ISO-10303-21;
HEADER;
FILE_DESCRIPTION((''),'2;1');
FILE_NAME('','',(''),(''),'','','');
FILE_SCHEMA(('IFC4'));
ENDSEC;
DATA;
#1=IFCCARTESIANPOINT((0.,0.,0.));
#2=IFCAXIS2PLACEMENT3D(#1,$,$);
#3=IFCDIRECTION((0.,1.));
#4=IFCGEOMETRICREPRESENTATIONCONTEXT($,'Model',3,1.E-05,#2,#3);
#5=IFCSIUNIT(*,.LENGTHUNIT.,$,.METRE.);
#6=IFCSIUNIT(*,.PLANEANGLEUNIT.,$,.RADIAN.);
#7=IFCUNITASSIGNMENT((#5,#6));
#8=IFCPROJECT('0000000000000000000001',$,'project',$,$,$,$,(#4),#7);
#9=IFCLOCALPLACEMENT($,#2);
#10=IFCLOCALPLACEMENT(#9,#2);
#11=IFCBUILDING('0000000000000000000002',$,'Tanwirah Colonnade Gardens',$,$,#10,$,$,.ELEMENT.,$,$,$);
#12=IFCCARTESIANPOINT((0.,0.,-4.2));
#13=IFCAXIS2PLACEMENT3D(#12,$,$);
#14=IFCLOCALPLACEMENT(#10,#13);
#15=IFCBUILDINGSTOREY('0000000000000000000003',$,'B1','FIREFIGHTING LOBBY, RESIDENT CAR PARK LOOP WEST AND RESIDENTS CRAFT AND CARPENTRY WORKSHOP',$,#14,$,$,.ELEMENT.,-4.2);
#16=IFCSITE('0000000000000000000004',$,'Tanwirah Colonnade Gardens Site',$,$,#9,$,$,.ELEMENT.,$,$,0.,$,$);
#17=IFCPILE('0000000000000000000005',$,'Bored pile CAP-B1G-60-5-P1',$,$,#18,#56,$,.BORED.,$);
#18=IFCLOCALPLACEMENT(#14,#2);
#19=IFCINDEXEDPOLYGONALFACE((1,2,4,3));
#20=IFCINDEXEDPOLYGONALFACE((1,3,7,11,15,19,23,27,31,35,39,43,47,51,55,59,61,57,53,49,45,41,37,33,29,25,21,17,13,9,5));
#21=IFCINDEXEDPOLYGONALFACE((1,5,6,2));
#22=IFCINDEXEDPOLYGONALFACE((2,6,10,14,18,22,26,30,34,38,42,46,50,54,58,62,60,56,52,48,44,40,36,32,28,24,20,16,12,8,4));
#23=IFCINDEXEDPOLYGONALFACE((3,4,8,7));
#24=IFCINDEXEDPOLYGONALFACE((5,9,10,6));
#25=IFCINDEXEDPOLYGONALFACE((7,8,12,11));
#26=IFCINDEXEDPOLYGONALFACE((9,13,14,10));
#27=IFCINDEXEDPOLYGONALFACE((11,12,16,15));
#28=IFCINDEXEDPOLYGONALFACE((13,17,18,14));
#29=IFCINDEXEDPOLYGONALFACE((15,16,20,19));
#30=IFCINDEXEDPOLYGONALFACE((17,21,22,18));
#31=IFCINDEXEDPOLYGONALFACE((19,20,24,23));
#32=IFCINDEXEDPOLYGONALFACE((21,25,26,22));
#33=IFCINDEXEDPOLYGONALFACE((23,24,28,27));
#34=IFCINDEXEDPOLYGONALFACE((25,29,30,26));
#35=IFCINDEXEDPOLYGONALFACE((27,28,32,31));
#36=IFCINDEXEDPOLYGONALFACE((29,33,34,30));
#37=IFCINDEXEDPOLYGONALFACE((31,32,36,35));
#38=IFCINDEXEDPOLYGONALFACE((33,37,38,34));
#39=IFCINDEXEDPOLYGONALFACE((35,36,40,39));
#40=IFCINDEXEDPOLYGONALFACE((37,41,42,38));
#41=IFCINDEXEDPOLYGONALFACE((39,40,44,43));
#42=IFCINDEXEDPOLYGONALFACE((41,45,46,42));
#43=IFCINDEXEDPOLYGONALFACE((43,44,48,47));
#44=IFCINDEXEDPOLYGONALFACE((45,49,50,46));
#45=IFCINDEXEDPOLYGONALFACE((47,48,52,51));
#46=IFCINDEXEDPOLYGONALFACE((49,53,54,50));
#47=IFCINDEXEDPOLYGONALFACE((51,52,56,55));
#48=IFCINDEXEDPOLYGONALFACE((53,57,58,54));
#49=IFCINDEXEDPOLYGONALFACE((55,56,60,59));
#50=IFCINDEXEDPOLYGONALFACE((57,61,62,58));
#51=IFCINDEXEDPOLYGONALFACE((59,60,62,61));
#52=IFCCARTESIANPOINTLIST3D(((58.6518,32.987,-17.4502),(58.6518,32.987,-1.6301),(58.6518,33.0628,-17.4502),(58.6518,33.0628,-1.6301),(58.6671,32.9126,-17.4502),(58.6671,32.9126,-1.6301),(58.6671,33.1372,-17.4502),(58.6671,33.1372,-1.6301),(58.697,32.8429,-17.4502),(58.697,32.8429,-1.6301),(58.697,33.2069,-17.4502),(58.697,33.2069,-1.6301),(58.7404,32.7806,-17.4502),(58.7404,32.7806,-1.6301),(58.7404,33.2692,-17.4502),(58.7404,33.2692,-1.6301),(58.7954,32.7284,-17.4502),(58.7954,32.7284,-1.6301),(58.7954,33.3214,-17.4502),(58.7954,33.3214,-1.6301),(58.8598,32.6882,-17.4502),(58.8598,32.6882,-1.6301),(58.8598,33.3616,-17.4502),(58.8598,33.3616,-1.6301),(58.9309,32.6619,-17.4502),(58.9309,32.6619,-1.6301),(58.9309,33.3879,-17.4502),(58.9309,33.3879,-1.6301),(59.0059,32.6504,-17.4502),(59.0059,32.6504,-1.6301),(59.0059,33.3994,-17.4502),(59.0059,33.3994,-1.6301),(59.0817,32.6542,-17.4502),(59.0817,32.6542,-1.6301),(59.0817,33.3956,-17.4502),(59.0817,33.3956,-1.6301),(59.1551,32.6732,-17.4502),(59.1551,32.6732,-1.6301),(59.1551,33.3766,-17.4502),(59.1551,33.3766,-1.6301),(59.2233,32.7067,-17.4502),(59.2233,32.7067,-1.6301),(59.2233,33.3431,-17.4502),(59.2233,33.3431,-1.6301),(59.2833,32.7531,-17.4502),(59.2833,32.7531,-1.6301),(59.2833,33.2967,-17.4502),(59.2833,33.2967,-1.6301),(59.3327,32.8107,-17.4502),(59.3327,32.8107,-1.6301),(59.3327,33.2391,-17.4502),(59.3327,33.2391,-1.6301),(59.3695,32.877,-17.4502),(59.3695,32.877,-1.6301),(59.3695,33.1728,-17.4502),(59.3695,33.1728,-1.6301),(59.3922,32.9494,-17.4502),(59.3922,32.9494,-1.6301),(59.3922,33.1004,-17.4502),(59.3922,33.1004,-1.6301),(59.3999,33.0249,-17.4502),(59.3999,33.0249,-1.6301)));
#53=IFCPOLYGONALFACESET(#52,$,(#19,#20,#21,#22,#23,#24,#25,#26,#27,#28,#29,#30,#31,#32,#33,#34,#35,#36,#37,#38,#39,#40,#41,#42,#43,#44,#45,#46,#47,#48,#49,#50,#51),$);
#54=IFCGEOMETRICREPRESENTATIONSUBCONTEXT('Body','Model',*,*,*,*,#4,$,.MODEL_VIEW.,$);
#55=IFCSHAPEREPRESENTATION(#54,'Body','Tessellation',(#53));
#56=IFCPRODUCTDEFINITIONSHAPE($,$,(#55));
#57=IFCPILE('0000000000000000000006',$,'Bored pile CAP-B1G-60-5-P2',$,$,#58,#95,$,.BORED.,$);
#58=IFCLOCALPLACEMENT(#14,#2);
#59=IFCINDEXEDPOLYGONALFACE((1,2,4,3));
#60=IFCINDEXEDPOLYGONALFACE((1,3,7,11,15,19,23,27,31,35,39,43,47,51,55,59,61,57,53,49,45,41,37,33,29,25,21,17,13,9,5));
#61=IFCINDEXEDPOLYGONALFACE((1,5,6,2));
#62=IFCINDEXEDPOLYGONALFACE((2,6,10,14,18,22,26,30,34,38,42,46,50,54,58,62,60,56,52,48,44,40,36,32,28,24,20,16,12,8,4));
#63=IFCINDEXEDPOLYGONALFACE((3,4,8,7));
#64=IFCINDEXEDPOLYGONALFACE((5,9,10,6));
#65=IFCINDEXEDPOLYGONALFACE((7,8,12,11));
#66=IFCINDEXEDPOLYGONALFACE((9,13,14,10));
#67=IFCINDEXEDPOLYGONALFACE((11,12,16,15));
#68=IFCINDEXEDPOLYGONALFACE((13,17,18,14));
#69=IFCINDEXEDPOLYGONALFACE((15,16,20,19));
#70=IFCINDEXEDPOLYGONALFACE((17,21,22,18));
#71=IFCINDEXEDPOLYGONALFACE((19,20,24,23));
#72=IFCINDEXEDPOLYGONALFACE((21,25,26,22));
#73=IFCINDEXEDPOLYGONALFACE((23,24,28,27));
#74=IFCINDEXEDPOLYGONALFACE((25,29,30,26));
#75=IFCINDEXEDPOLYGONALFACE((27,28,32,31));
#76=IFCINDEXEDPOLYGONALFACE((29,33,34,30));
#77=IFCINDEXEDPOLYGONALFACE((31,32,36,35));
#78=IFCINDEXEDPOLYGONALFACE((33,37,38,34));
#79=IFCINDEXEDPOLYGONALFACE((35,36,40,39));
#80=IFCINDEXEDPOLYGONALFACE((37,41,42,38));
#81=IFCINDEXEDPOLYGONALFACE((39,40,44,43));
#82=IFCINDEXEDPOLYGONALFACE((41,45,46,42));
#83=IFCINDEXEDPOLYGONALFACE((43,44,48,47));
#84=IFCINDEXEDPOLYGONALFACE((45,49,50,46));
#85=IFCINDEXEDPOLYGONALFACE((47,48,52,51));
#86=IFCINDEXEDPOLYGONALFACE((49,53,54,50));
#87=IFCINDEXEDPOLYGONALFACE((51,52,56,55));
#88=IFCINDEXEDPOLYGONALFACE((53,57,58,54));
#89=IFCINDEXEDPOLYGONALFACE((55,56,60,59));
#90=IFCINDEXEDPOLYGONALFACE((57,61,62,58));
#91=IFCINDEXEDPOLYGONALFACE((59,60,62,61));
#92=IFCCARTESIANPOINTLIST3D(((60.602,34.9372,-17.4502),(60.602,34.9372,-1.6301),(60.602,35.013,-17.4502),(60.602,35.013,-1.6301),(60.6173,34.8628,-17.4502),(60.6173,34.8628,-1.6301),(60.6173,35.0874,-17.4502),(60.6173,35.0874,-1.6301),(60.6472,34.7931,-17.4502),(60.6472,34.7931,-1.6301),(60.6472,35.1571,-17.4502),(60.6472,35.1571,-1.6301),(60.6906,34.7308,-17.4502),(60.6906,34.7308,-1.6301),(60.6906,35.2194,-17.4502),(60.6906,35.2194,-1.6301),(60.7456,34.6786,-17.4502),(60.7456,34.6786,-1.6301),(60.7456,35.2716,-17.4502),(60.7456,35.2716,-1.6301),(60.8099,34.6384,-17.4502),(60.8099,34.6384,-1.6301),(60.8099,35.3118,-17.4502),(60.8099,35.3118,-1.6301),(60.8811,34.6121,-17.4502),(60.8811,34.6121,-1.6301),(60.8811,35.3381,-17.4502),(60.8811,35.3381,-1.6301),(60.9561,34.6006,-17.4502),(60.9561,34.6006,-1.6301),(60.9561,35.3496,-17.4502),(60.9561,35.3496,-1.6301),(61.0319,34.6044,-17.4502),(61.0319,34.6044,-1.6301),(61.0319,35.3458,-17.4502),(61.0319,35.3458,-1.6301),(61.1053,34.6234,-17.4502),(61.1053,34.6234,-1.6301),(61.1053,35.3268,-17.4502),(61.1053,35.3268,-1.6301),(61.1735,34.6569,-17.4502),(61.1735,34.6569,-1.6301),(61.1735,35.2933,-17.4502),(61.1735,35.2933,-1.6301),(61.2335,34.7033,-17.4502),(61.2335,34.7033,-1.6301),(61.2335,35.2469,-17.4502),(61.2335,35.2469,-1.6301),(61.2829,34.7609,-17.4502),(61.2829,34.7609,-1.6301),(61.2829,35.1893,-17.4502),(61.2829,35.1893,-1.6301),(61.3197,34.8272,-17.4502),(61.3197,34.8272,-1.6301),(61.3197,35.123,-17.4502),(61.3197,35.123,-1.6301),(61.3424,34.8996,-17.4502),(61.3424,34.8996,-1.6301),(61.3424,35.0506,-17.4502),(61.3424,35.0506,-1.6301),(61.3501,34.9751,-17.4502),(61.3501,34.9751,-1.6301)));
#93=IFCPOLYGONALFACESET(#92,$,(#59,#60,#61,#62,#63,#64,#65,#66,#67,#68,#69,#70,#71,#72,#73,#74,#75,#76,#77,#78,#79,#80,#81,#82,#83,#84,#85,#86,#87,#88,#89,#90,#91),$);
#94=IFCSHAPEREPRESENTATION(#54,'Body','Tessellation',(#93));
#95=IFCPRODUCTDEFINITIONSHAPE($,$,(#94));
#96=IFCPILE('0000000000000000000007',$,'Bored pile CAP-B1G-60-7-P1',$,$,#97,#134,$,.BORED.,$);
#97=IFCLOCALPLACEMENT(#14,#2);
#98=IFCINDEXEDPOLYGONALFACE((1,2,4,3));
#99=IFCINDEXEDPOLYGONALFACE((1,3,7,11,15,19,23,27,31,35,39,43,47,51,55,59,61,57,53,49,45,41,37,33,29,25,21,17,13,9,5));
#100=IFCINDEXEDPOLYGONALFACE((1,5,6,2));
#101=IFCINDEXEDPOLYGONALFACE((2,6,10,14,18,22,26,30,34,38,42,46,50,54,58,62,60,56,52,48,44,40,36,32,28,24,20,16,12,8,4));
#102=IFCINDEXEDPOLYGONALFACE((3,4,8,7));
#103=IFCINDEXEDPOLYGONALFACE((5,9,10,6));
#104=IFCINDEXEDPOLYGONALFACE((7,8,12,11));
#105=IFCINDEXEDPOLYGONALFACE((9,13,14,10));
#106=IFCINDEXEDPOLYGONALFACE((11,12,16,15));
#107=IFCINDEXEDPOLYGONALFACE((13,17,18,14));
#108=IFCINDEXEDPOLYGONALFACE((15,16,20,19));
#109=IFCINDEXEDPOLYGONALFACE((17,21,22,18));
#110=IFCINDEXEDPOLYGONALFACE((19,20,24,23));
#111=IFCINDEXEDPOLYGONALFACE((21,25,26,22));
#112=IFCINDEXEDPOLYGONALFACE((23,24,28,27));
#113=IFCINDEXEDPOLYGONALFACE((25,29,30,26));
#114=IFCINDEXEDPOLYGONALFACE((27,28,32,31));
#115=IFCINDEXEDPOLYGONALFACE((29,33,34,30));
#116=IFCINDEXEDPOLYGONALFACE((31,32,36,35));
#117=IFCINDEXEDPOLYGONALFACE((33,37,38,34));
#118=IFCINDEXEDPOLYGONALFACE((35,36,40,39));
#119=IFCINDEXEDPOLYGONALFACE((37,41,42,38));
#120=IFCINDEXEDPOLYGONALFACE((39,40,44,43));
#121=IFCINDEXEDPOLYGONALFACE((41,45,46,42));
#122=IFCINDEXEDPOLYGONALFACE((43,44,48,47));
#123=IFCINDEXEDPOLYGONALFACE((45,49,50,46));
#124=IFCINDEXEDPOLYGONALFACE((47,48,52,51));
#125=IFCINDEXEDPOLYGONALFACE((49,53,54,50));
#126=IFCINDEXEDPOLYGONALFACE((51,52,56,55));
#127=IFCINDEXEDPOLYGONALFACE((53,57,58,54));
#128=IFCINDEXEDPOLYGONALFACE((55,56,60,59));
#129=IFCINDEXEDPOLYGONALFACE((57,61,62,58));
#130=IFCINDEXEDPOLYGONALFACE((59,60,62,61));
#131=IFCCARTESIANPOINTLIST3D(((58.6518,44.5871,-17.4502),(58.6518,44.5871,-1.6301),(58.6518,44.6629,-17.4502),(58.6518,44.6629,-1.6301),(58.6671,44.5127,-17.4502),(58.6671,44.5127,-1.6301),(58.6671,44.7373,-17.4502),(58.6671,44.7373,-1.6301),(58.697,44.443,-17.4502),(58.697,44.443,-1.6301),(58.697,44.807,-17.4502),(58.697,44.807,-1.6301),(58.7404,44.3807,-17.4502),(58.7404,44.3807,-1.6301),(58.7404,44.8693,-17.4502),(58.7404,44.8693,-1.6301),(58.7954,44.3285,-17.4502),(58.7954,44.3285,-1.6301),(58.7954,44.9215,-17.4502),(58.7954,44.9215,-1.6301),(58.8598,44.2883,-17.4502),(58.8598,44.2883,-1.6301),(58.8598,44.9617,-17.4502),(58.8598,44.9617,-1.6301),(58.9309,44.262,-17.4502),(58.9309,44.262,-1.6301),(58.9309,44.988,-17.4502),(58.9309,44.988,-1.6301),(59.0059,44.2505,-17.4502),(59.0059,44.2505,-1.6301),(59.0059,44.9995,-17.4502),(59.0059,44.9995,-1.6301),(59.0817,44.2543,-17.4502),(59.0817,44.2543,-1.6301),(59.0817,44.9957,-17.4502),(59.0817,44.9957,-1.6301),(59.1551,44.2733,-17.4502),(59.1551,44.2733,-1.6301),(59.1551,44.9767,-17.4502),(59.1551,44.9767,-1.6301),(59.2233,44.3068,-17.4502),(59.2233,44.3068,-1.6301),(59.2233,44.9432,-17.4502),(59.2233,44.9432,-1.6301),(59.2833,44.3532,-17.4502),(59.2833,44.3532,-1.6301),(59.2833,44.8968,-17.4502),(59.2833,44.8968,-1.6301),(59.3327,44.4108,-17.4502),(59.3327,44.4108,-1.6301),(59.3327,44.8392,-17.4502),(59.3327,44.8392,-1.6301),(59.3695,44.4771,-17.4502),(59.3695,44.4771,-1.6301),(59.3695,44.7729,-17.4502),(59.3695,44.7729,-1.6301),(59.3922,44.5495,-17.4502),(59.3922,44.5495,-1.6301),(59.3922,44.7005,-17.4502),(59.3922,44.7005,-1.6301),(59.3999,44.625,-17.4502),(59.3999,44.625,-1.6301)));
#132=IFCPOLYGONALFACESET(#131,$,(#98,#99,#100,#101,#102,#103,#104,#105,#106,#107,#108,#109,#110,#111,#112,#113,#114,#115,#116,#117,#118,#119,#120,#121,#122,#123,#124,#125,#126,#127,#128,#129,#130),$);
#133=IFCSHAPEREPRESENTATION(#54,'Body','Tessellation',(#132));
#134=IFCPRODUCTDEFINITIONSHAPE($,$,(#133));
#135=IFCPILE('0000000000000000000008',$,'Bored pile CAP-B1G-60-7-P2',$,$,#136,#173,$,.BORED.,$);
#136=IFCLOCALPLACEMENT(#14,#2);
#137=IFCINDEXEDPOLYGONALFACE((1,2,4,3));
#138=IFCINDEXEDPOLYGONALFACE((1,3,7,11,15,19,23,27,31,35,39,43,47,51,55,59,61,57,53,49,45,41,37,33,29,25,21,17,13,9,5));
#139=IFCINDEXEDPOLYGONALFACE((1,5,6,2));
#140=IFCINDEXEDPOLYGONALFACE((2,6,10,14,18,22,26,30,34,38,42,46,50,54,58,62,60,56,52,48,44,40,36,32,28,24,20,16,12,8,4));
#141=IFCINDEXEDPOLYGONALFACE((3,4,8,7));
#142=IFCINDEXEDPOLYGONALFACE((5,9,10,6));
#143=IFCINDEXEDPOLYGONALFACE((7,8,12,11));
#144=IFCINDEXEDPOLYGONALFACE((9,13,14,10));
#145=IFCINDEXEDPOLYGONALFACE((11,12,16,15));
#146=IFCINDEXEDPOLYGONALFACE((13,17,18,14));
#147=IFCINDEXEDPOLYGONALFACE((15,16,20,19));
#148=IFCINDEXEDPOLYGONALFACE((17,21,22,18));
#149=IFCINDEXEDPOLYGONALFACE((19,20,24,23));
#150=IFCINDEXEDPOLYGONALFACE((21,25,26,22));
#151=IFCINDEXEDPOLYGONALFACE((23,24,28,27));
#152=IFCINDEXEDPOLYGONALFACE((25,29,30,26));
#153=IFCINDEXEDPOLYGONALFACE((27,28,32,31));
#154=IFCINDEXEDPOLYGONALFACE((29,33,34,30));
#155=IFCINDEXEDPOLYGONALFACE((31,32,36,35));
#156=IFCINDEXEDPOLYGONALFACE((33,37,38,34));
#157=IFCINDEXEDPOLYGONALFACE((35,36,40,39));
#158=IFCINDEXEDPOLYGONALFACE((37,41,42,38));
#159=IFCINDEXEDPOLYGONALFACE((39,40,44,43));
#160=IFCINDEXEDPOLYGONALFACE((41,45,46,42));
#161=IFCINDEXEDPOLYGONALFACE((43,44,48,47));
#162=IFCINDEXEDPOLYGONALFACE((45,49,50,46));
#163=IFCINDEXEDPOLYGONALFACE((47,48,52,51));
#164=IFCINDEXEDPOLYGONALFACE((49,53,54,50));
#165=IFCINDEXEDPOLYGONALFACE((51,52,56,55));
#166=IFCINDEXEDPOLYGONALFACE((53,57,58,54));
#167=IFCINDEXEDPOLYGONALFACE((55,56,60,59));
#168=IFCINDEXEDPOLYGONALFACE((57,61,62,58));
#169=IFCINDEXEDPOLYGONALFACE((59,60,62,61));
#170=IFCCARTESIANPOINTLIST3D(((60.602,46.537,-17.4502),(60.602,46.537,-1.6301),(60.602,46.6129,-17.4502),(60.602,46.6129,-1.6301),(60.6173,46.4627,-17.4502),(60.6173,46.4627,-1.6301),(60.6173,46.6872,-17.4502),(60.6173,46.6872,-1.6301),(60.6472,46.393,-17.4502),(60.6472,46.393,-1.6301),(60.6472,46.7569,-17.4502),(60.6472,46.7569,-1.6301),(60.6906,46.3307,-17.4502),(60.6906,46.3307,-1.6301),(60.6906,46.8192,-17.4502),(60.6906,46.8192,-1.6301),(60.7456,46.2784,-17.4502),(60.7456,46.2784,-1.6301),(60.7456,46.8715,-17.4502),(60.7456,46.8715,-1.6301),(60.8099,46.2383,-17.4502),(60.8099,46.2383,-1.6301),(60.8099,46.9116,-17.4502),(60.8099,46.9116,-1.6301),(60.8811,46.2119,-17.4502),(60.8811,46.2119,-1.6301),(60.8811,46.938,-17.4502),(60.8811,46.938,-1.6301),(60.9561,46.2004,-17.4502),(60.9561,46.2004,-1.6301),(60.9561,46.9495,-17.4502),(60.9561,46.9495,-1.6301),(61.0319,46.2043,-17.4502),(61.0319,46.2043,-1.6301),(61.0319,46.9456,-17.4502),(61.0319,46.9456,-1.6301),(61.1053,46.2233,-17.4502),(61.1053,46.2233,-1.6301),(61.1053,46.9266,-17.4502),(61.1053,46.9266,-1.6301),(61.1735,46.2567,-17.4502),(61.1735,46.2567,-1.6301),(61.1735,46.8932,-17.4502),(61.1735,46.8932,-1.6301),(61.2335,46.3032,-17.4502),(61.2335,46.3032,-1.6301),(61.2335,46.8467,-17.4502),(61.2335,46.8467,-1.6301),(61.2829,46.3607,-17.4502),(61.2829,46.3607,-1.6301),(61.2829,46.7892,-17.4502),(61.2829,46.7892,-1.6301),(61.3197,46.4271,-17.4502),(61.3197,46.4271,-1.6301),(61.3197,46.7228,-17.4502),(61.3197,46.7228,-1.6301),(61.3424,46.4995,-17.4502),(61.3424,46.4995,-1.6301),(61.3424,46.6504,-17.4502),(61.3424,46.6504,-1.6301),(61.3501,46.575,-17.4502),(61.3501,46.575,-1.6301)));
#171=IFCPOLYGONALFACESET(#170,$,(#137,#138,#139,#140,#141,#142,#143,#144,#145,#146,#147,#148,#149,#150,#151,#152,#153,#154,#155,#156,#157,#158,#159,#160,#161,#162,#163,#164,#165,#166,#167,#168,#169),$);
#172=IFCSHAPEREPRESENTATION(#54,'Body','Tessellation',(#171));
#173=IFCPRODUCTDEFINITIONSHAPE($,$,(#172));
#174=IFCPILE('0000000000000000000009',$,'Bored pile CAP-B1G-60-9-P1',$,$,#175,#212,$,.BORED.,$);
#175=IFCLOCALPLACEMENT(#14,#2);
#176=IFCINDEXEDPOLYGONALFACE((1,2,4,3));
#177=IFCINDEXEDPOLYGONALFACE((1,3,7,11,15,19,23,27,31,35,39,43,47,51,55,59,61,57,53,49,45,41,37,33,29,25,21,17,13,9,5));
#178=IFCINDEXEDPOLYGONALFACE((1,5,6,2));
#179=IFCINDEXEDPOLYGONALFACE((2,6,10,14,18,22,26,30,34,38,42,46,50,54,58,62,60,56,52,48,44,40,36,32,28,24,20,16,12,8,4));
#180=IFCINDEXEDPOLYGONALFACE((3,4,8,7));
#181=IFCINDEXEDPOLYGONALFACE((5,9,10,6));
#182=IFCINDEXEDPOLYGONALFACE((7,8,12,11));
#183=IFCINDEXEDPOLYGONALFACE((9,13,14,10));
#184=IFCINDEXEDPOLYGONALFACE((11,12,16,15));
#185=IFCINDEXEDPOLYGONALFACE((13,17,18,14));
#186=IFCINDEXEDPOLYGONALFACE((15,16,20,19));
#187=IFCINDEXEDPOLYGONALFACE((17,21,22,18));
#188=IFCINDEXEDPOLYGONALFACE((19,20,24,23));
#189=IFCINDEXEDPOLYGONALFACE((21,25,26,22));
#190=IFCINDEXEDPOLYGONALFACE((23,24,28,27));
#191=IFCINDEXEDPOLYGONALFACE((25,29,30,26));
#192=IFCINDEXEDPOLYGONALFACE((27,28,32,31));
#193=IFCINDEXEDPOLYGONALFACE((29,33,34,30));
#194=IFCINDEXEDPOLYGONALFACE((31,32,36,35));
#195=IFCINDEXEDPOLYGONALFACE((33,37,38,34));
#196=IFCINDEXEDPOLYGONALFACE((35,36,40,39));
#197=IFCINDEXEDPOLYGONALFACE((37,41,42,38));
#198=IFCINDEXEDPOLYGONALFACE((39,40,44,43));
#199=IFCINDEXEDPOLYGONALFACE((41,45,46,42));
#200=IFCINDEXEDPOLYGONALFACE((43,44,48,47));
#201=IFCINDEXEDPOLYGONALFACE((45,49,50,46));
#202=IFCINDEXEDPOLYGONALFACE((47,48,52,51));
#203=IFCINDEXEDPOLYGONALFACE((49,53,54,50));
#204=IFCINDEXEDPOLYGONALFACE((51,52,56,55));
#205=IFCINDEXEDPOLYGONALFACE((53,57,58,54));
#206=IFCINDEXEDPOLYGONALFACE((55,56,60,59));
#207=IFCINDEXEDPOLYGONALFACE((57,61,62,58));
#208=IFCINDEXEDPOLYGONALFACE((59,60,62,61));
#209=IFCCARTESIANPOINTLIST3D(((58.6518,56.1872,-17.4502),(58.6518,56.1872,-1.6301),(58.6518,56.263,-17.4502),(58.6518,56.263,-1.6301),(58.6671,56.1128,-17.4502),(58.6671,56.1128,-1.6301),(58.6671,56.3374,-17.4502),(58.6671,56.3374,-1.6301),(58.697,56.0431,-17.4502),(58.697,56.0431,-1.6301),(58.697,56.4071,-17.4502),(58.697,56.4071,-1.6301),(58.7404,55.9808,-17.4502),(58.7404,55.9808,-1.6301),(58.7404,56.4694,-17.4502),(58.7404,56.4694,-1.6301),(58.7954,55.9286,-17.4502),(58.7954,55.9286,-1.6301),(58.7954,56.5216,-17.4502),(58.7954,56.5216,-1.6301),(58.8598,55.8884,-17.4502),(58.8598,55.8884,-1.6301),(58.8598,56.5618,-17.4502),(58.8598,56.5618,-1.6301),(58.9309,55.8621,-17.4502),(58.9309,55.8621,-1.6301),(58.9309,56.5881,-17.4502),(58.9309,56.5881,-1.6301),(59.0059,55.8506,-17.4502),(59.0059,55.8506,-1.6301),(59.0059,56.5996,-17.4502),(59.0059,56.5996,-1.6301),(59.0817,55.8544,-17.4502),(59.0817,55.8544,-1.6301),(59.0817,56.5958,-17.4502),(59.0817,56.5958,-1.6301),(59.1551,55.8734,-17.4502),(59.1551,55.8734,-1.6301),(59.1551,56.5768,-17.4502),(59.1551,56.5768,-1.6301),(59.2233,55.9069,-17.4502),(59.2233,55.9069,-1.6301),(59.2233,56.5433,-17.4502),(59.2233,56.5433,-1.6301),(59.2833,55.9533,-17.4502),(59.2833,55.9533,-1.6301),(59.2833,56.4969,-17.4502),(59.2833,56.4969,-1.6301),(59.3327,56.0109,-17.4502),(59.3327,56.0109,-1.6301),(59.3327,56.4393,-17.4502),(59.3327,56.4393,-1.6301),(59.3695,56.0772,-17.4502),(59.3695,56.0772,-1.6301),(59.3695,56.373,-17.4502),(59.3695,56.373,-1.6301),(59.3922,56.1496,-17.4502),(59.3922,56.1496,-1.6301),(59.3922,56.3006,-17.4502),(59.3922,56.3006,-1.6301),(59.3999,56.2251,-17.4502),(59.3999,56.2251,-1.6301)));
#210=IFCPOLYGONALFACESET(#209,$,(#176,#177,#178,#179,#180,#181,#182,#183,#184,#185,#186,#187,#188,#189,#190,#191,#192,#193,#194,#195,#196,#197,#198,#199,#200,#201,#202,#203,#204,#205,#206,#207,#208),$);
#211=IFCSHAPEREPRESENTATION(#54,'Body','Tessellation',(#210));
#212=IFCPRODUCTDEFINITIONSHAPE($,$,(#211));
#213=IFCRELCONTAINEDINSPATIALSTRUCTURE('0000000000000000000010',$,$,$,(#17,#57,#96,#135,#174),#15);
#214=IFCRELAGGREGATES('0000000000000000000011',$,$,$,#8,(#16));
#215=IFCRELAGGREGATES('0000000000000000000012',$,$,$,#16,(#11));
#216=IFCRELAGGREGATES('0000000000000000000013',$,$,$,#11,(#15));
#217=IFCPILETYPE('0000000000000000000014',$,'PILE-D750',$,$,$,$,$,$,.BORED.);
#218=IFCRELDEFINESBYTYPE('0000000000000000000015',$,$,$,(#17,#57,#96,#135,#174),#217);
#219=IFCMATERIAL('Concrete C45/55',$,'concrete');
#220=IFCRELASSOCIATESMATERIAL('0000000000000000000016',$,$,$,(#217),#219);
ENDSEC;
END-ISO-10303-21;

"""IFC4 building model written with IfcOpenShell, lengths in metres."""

from ifc_helpers import new_model, si_unit, direction, frame, origin, origin_2d, place, context, subcontext, project, spatial, circle, extrude, material, material_profile, profile_set, type_object, element, save


model = new_model("IFC4")

# Units and contexts
model_context = context("Model", 3, precision=1e-05, world=origin(), true_north=direction((0.0, 1.0)))
body_context = subcontext(model_context, "Body", "Model", "MODEL_VIEW")
ifc_project = project(units=[si_unit("LENGTHUNIT", "METRE"), si_unit("PLANEANGLEUNIT", "RADIAN")], contexts=[model_context])

# Site, building, storey
site_placement = place(None, origin())
site = spatial("IfcSite", under=ifc_project, at=site_placement, Name="Tanwirah Colonnade Gardens Site", CompositionType="ELEMENT", RefElevation=0.0)
building_placement = place(site_placement, origin())
building = spatial("IfcBuilding", under=site, at=building_placement, Name="Tanwirah Colonnade Gardens", CompositionType="ELEMENT")
storey_placement = place(building_placement, frame((0.0, 0.0, -4.2)))
storey = spatial("IfcBuildingStorey", under=building, at=storey_placement, Name="B1", Description="FIREFIGHTING LOBBY, RESIDENT CAR PARK LOOP WEST AND RESIDENTS CRAFT AND CARPENTRY WORKSHOP", CompositionType="ELEMENT", Elevation=-4.2)

# Shared definitions
ifc_material_1 = material(Name="Concrete C45/55", Category="concrete")

# Piles
ifc_material_profile_1 = material_profile(ifc_material_1, circle(Radius=0.375, at=origin_2d()), Name="PILE D750")
ifc_profile_set_1 = profile_set([ifc_material_profile_1], Name="Concrete C45/55")
pile_type = type_object("IfcPileType", Name="PILE-D750", PredefinedType="BORED", material=ifc_profile_set_1)
for number, where, z_axis, x_axis, name in (
    (1, (59.0249, 33.0249, -1.6301), (0.0, 0.0, -1.0), (1.0, 0.0, 0.0), "Bored pile CAP-B1G-60-5-P1"),
    (2, (60.9751, 34.9751, -1.6301), (0.0, 0.0, -1.0), (1.0, 0.0, 0.0), "Bored pile CAP-B1G-60-5-P2"),
    (3, (59.0249, 44.625, -1.6301), (0.0, 0.0, -1.0), (1.0, 0.0, 0.0), "Bored pile CAP-B1G-60-7-P1"),
    (4, (60.9751, 46.575, -1.6301), (0.0, 0.0, -1.0), (1.0, 0.0, 0.0), "Bored pile CAP-B1G-60-7-P2"),
    (5, (59.0249, 56.2251, -1.6301), (0.0, 0.0, -1.0), (1.0, 0.0, 0.0), "Bored pile CAP-B1G-60-9-P1"),
):
    element("IfcPile", number, at=place(storey_placement, frame(where, z_axis=z_axis, x_axis=x_axis)), inside=storey, type_object=pile_type, Name=name, PredefinedType="BORED", context=body_context, shape_type="SweptSolid", body=[
        extrude(circle(Radius=0.375, at=origin_2d()), origin(), (0.0, 0.0, 1.0), 15.8201),
    ])

save(model, "model.ifc")
